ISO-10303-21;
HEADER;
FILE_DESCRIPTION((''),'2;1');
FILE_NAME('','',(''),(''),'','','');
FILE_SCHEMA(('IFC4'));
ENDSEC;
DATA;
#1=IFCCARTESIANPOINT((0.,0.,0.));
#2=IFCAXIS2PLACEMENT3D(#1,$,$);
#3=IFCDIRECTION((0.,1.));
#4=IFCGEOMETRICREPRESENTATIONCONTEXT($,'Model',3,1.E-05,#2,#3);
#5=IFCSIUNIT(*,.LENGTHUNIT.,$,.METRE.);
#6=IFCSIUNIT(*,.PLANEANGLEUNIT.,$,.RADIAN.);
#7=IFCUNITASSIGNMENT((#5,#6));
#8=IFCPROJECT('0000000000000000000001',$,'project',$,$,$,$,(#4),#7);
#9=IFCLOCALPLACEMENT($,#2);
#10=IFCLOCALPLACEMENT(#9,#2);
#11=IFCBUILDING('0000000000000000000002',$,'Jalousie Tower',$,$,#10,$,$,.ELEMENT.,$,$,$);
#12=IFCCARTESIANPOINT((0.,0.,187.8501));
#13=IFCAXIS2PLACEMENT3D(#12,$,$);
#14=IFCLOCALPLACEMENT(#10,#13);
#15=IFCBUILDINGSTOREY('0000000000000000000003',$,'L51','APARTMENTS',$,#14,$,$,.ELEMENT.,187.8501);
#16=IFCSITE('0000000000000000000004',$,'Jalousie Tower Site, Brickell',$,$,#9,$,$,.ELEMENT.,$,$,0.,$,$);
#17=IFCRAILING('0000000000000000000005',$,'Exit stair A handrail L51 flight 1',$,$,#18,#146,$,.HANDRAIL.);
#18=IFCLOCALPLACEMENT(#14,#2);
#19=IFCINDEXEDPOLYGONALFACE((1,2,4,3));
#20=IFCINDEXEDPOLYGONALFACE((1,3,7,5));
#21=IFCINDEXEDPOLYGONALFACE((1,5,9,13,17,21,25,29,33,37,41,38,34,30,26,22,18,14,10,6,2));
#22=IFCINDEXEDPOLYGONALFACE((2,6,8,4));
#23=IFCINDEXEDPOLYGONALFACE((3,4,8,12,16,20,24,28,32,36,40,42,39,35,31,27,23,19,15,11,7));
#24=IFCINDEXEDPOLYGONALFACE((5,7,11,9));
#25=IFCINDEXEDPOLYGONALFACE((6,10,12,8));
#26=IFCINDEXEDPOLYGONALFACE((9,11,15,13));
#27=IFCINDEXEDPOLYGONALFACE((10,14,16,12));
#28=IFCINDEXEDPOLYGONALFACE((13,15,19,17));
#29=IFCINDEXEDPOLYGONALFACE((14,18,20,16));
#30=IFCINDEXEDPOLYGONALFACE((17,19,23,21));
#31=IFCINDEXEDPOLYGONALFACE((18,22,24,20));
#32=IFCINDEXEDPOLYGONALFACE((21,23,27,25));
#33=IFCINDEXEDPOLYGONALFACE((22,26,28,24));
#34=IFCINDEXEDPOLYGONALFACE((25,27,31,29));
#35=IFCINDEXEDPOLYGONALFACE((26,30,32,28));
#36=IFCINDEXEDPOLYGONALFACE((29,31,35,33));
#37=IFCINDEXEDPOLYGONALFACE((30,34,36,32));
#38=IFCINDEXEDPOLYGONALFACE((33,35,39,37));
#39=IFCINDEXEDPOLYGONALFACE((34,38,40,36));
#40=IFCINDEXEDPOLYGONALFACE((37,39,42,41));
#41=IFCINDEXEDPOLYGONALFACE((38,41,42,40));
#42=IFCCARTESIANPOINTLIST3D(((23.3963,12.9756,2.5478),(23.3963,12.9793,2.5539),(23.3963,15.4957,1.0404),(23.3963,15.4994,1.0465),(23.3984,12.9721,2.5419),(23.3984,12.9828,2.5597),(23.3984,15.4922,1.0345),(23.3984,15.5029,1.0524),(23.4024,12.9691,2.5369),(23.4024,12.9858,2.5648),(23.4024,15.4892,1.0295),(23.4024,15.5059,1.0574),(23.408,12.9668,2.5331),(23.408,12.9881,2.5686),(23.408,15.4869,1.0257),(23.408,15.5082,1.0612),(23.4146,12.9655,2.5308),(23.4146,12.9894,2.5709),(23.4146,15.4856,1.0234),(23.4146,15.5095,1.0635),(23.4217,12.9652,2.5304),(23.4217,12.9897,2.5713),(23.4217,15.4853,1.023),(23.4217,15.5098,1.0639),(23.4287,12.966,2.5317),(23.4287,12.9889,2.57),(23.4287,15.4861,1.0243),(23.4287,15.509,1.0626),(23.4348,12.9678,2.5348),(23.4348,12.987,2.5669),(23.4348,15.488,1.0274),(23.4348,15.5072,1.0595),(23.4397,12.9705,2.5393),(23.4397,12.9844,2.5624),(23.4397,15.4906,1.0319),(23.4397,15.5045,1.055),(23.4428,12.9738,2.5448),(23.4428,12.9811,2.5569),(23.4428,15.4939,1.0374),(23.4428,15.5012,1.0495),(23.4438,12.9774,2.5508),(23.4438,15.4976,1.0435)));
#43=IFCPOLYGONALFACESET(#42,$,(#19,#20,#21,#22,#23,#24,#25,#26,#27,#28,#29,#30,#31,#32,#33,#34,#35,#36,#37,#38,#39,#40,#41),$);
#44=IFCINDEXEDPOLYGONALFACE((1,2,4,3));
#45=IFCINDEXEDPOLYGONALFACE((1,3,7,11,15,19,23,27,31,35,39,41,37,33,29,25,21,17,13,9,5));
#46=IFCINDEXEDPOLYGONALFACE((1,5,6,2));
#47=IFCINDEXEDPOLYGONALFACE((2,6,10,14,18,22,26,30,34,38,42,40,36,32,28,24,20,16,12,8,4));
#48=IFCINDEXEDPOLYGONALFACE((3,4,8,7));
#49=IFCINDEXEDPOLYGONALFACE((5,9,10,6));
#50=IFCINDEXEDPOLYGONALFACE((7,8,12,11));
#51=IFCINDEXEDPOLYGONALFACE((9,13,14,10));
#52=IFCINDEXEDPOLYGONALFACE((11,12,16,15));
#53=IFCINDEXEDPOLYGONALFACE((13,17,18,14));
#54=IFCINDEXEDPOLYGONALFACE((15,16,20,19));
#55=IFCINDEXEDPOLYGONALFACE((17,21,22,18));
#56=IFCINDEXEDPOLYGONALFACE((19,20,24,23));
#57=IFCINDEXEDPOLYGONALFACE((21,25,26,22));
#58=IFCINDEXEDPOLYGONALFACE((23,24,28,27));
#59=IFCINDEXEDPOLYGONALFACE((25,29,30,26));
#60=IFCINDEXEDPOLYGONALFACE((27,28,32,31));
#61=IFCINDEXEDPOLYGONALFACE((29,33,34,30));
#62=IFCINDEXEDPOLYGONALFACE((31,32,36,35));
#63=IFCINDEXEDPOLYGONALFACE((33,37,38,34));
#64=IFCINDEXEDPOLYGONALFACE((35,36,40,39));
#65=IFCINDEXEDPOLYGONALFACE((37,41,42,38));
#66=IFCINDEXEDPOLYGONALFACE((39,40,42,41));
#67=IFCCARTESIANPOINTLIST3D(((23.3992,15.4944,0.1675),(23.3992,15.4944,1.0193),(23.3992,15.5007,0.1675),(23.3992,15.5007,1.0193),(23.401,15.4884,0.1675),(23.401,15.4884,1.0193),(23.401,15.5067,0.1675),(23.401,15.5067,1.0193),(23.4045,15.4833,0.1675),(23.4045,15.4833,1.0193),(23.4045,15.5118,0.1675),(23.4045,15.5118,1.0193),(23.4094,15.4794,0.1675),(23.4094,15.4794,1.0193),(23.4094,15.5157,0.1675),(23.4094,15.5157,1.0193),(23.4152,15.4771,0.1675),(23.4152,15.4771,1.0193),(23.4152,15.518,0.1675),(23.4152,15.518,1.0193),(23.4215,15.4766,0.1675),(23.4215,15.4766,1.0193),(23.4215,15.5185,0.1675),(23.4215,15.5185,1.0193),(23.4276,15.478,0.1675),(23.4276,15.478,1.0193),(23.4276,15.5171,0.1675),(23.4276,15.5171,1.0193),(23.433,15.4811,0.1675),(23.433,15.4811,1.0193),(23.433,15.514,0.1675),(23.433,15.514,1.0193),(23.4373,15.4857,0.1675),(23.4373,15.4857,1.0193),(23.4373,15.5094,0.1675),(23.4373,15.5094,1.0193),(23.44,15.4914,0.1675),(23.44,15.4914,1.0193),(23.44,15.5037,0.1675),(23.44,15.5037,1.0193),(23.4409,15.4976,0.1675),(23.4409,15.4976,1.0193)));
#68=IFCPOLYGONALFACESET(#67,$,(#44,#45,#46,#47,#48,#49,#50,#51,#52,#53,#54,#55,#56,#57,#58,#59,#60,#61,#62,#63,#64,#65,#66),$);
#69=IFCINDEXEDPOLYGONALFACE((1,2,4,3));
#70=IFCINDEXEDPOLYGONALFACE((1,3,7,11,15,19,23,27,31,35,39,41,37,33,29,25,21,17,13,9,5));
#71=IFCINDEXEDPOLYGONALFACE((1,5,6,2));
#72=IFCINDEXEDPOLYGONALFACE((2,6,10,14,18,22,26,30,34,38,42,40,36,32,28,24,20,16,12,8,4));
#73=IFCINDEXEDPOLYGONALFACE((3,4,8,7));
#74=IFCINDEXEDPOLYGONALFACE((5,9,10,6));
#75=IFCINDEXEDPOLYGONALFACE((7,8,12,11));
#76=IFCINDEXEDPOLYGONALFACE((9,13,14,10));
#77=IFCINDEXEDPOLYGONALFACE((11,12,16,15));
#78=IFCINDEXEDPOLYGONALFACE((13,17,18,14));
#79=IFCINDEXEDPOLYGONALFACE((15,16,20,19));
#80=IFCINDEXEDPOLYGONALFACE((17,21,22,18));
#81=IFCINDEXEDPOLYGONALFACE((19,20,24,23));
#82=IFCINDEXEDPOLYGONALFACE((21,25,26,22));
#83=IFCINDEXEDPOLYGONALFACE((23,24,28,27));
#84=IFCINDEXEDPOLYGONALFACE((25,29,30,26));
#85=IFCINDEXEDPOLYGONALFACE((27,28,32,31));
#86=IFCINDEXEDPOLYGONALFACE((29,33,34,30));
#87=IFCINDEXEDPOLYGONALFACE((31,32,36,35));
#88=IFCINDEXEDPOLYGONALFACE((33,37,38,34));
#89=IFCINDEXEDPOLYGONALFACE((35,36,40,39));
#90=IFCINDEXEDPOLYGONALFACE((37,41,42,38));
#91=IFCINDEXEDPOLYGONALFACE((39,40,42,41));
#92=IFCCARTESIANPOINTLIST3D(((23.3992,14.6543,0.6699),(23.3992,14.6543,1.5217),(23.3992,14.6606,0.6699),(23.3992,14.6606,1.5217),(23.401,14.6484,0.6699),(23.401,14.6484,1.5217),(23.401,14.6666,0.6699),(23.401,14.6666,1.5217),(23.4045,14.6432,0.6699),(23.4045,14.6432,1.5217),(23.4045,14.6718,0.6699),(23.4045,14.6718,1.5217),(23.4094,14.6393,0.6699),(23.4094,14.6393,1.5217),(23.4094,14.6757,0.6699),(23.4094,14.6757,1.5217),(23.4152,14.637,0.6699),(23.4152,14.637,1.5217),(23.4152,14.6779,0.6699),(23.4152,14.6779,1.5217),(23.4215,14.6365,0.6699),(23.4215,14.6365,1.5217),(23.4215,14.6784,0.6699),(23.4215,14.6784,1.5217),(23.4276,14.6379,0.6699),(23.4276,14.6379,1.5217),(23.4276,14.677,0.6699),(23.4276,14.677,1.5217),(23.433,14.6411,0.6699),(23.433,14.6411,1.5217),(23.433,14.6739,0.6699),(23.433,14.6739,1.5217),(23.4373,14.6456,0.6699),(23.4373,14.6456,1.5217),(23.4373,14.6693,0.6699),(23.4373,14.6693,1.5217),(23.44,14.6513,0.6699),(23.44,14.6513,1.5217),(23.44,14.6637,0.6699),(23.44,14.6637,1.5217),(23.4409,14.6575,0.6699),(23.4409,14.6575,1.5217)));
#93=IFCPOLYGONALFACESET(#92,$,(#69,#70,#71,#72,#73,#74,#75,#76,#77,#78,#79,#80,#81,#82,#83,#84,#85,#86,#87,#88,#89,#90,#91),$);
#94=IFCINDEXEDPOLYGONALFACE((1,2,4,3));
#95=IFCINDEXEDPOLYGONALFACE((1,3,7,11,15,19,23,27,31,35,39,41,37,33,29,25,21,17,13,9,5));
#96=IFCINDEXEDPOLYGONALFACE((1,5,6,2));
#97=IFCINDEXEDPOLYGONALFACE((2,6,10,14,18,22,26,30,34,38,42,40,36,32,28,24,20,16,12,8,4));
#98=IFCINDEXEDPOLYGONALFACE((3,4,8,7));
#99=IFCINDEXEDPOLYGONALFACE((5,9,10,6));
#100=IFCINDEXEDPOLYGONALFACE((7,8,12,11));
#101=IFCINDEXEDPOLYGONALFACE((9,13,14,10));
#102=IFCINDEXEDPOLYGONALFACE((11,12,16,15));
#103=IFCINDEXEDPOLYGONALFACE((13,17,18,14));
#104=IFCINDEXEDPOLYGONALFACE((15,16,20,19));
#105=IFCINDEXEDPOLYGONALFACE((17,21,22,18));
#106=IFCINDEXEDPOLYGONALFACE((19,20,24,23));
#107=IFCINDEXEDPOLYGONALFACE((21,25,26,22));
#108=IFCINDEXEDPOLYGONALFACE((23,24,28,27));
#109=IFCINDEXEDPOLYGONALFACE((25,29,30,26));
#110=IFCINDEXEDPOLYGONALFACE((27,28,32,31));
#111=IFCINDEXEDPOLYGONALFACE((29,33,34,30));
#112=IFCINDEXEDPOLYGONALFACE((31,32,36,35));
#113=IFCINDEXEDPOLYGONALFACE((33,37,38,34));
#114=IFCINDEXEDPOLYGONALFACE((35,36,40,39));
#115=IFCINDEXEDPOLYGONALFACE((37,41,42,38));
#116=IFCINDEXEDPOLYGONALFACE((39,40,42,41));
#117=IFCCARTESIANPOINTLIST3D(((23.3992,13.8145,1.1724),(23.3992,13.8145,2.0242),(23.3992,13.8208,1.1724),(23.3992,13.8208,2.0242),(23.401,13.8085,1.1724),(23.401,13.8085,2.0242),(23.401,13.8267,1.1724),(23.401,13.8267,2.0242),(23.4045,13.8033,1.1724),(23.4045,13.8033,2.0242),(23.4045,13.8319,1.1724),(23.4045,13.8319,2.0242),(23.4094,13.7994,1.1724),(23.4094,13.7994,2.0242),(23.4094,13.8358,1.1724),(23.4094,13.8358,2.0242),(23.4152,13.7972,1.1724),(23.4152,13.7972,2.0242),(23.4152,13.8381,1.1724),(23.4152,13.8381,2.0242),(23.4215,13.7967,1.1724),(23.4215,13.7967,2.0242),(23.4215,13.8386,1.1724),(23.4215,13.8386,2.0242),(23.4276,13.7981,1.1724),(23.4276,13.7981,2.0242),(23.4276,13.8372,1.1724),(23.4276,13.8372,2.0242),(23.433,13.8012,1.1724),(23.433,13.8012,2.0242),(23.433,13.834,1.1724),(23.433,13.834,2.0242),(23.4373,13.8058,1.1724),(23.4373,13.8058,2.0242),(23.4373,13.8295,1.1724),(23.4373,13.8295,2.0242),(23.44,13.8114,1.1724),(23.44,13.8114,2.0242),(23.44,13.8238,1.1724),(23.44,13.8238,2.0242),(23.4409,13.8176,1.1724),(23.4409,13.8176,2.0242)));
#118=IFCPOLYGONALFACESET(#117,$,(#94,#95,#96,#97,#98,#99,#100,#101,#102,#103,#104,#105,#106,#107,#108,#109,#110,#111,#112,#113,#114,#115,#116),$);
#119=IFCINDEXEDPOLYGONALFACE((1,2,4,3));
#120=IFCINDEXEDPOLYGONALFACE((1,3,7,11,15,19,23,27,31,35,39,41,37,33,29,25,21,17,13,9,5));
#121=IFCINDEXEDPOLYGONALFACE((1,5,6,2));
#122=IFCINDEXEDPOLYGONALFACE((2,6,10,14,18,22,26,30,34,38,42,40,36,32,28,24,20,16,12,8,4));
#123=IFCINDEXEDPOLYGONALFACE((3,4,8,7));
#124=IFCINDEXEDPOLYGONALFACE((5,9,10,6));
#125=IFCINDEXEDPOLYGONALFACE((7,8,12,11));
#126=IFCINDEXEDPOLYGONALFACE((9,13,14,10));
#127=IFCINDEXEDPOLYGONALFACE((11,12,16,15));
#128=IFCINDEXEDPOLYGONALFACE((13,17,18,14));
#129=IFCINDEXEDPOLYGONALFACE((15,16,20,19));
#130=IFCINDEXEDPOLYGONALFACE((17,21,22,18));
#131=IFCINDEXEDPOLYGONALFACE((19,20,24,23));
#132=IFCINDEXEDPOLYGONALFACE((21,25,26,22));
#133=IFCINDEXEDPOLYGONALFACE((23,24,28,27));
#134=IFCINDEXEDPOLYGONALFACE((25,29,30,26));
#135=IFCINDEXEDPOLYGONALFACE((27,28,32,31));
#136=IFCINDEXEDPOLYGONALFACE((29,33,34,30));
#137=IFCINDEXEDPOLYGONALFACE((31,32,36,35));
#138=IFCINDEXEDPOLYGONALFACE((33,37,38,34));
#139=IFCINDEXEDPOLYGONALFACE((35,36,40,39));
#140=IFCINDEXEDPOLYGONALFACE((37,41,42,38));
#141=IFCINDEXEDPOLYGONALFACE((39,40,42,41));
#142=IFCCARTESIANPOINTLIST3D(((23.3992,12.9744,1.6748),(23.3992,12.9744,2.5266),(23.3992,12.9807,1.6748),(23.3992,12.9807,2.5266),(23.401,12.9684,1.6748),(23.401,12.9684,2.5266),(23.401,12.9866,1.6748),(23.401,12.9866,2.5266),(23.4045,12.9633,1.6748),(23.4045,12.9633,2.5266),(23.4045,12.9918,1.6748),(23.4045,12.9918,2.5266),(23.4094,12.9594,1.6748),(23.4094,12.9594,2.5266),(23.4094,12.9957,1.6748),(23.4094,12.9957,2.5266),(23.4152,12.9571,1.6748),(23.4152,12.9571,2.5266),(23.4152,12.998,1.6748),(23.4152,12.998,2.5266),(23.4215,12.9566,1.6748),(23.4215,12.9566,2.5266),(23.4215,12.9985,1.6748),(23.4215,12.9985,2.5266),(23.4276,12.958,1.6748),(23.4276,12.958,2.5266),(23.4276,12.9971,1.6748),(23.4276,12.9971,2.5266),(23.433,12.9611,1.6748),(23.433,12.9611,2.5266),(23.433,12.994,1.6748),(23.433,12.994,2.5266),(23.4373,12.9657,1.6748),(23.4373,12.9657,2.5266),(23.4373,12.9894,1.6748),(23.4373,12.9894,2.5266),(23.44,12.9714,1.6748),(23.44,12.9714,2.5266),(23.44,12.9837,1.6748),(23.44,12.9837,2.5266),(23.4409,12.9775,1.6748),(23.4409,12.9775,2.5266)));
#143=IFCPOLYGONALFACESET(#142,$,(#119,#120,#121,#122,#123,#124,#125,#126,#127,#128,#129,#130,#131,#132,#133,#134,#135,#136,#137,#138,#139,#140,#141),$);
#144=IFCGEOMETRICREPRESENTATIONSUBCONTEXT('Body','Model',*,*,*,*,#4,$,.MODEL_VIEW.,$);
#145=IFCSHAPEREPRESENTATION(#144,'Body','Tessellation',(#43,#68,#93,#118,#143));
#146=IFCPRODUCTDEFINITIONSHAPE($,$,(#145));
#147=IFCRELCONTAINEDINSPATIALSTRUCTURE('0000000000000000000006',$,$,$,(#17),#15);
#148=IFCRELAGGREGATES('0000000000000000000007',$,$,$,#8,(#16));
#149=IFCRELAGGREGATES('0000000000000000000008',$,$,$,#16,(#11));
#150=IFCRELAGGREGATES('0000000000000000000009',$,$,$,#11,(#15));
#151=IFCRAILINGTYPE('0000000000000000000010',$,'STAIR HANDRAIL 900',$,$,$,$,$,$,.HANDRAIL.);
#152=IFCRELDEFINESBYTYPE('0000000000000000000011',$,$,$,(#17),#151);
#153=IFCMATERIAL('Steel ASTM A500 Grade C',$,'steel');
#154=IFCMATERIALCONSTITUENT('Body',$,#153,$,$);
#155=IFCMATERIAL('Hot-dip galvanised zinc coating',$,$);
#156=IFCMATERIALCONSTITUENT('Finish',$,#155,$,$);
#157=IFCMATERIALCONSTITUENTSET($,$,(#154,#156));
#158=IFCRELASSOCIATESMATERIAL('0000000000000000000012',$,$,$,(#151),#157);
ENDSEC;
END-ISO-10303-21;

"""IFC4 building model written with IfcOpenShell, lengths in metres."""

from ifc_helpers import new_model, si_unit, direction, frame, origin, origin_2d, place, context, subcontext, project, spatial, circle, extrude, material, constituent, constituent_set, type_object, element, save


model = new_model("IFC4")

# Units and contexts
model_context = context("Model", 3, precision=1e-05, world=origin(), true_north=direction((0.0, 1.0)))
body_context = subcontext(model_context, "Body", "Model", "MODEL_VIEW")
ifc_project = project(units=[si_unit("LENGTHUNIT", "METRE"), si_unit("PLANEANGLEUNIT", "RADIAN")], contexts=[model_context])

# Site, building, storey
site_placement = place(None, origin())
site = spatial("IfcSite", under=ifc_project, at=site_placement, Name="Jalousie Tower Site, Brickell", CompositionType="ELEMENT", RefElevation=0.0)
building_placement = place(site_placement, origin())
building = spatial("IfcBuilding", under=site, at=building_placement, Name="Jalousie Tower", CompositionType="ELEMENT")
storey_placement = place(building_placement, frame((0.0, 0.0, 187.8501)))
storey = spatial("IfcBuildingStorey", under=building, at=storey_placement, Name="L51", Description="APARTMENTS", CompositionType="ELEMENT", Elevation=187.8501)

# Railing
ifc_material_1 = material(Name="Steel ASTM A500 Grade C", Category="steel")
ifc_constituent_1 = constituent(ifc_material_1, Name="Body")
ifc_material_2 = material(Name="Hot-dip galvanised zinc coating")
ifc_constituent_2 = constituent(ifc_material_2, Name="Finish")
ifc_constituent_set_1 = constituent_set(constituents=[ifc_constituent_1, ifc_constituent_2])
railing_type_1 = type_object("IfcRailingType", Name="STAIR HANDRAIL 900", PredefinedType="HANDRAIL", material=ifc_constituent_set_1)
railing_1_placement = place(storey_placement, frame((23.4199, 15.4976, 0.1675)))
element("IfcRailing", 1, at=railing_1_placement, inside=storey, type_object=railing_type_1, Name="Exit stair A handrail L51 flight 1", PredefinedType="HANDRAIL", context=body_context, shape_type="SweptSolid", body=[
    extrude(circle(Radius=0.0239, at=origin_2d()), frame((0.0, 0.0, 0.876), z_axis=(0.0, -0.858196, 0.513321), x_axis=(1.0, 0.0, 0.0)), (0.0, 0.0, 1.0), 2.9365),
    extrude(circle(Radius=0.021, at=origin_2d()), origin(), (0.0, 0.0, 1.0), 0.8518),
    extrude(circle(Radius=0.021, at=origin_2d()), frame((0.0, -0.8401, 0.5024)), (0.0, 0.0, 1.0), 0.8518),
    extrude(circle(Radius=0.021, at=origin_2d()), frame((0.0, -1.6799, 1.0049)), (0.0, 0.0, 1.0), 0.8518),
    extrude(circle(Radius=0.021, at=origin_2d()), frame((0.0, -2.52, 1.5073)), (0.0, 0.0, 1.0), 0.8518),
])

save(model, "model.ifc")
